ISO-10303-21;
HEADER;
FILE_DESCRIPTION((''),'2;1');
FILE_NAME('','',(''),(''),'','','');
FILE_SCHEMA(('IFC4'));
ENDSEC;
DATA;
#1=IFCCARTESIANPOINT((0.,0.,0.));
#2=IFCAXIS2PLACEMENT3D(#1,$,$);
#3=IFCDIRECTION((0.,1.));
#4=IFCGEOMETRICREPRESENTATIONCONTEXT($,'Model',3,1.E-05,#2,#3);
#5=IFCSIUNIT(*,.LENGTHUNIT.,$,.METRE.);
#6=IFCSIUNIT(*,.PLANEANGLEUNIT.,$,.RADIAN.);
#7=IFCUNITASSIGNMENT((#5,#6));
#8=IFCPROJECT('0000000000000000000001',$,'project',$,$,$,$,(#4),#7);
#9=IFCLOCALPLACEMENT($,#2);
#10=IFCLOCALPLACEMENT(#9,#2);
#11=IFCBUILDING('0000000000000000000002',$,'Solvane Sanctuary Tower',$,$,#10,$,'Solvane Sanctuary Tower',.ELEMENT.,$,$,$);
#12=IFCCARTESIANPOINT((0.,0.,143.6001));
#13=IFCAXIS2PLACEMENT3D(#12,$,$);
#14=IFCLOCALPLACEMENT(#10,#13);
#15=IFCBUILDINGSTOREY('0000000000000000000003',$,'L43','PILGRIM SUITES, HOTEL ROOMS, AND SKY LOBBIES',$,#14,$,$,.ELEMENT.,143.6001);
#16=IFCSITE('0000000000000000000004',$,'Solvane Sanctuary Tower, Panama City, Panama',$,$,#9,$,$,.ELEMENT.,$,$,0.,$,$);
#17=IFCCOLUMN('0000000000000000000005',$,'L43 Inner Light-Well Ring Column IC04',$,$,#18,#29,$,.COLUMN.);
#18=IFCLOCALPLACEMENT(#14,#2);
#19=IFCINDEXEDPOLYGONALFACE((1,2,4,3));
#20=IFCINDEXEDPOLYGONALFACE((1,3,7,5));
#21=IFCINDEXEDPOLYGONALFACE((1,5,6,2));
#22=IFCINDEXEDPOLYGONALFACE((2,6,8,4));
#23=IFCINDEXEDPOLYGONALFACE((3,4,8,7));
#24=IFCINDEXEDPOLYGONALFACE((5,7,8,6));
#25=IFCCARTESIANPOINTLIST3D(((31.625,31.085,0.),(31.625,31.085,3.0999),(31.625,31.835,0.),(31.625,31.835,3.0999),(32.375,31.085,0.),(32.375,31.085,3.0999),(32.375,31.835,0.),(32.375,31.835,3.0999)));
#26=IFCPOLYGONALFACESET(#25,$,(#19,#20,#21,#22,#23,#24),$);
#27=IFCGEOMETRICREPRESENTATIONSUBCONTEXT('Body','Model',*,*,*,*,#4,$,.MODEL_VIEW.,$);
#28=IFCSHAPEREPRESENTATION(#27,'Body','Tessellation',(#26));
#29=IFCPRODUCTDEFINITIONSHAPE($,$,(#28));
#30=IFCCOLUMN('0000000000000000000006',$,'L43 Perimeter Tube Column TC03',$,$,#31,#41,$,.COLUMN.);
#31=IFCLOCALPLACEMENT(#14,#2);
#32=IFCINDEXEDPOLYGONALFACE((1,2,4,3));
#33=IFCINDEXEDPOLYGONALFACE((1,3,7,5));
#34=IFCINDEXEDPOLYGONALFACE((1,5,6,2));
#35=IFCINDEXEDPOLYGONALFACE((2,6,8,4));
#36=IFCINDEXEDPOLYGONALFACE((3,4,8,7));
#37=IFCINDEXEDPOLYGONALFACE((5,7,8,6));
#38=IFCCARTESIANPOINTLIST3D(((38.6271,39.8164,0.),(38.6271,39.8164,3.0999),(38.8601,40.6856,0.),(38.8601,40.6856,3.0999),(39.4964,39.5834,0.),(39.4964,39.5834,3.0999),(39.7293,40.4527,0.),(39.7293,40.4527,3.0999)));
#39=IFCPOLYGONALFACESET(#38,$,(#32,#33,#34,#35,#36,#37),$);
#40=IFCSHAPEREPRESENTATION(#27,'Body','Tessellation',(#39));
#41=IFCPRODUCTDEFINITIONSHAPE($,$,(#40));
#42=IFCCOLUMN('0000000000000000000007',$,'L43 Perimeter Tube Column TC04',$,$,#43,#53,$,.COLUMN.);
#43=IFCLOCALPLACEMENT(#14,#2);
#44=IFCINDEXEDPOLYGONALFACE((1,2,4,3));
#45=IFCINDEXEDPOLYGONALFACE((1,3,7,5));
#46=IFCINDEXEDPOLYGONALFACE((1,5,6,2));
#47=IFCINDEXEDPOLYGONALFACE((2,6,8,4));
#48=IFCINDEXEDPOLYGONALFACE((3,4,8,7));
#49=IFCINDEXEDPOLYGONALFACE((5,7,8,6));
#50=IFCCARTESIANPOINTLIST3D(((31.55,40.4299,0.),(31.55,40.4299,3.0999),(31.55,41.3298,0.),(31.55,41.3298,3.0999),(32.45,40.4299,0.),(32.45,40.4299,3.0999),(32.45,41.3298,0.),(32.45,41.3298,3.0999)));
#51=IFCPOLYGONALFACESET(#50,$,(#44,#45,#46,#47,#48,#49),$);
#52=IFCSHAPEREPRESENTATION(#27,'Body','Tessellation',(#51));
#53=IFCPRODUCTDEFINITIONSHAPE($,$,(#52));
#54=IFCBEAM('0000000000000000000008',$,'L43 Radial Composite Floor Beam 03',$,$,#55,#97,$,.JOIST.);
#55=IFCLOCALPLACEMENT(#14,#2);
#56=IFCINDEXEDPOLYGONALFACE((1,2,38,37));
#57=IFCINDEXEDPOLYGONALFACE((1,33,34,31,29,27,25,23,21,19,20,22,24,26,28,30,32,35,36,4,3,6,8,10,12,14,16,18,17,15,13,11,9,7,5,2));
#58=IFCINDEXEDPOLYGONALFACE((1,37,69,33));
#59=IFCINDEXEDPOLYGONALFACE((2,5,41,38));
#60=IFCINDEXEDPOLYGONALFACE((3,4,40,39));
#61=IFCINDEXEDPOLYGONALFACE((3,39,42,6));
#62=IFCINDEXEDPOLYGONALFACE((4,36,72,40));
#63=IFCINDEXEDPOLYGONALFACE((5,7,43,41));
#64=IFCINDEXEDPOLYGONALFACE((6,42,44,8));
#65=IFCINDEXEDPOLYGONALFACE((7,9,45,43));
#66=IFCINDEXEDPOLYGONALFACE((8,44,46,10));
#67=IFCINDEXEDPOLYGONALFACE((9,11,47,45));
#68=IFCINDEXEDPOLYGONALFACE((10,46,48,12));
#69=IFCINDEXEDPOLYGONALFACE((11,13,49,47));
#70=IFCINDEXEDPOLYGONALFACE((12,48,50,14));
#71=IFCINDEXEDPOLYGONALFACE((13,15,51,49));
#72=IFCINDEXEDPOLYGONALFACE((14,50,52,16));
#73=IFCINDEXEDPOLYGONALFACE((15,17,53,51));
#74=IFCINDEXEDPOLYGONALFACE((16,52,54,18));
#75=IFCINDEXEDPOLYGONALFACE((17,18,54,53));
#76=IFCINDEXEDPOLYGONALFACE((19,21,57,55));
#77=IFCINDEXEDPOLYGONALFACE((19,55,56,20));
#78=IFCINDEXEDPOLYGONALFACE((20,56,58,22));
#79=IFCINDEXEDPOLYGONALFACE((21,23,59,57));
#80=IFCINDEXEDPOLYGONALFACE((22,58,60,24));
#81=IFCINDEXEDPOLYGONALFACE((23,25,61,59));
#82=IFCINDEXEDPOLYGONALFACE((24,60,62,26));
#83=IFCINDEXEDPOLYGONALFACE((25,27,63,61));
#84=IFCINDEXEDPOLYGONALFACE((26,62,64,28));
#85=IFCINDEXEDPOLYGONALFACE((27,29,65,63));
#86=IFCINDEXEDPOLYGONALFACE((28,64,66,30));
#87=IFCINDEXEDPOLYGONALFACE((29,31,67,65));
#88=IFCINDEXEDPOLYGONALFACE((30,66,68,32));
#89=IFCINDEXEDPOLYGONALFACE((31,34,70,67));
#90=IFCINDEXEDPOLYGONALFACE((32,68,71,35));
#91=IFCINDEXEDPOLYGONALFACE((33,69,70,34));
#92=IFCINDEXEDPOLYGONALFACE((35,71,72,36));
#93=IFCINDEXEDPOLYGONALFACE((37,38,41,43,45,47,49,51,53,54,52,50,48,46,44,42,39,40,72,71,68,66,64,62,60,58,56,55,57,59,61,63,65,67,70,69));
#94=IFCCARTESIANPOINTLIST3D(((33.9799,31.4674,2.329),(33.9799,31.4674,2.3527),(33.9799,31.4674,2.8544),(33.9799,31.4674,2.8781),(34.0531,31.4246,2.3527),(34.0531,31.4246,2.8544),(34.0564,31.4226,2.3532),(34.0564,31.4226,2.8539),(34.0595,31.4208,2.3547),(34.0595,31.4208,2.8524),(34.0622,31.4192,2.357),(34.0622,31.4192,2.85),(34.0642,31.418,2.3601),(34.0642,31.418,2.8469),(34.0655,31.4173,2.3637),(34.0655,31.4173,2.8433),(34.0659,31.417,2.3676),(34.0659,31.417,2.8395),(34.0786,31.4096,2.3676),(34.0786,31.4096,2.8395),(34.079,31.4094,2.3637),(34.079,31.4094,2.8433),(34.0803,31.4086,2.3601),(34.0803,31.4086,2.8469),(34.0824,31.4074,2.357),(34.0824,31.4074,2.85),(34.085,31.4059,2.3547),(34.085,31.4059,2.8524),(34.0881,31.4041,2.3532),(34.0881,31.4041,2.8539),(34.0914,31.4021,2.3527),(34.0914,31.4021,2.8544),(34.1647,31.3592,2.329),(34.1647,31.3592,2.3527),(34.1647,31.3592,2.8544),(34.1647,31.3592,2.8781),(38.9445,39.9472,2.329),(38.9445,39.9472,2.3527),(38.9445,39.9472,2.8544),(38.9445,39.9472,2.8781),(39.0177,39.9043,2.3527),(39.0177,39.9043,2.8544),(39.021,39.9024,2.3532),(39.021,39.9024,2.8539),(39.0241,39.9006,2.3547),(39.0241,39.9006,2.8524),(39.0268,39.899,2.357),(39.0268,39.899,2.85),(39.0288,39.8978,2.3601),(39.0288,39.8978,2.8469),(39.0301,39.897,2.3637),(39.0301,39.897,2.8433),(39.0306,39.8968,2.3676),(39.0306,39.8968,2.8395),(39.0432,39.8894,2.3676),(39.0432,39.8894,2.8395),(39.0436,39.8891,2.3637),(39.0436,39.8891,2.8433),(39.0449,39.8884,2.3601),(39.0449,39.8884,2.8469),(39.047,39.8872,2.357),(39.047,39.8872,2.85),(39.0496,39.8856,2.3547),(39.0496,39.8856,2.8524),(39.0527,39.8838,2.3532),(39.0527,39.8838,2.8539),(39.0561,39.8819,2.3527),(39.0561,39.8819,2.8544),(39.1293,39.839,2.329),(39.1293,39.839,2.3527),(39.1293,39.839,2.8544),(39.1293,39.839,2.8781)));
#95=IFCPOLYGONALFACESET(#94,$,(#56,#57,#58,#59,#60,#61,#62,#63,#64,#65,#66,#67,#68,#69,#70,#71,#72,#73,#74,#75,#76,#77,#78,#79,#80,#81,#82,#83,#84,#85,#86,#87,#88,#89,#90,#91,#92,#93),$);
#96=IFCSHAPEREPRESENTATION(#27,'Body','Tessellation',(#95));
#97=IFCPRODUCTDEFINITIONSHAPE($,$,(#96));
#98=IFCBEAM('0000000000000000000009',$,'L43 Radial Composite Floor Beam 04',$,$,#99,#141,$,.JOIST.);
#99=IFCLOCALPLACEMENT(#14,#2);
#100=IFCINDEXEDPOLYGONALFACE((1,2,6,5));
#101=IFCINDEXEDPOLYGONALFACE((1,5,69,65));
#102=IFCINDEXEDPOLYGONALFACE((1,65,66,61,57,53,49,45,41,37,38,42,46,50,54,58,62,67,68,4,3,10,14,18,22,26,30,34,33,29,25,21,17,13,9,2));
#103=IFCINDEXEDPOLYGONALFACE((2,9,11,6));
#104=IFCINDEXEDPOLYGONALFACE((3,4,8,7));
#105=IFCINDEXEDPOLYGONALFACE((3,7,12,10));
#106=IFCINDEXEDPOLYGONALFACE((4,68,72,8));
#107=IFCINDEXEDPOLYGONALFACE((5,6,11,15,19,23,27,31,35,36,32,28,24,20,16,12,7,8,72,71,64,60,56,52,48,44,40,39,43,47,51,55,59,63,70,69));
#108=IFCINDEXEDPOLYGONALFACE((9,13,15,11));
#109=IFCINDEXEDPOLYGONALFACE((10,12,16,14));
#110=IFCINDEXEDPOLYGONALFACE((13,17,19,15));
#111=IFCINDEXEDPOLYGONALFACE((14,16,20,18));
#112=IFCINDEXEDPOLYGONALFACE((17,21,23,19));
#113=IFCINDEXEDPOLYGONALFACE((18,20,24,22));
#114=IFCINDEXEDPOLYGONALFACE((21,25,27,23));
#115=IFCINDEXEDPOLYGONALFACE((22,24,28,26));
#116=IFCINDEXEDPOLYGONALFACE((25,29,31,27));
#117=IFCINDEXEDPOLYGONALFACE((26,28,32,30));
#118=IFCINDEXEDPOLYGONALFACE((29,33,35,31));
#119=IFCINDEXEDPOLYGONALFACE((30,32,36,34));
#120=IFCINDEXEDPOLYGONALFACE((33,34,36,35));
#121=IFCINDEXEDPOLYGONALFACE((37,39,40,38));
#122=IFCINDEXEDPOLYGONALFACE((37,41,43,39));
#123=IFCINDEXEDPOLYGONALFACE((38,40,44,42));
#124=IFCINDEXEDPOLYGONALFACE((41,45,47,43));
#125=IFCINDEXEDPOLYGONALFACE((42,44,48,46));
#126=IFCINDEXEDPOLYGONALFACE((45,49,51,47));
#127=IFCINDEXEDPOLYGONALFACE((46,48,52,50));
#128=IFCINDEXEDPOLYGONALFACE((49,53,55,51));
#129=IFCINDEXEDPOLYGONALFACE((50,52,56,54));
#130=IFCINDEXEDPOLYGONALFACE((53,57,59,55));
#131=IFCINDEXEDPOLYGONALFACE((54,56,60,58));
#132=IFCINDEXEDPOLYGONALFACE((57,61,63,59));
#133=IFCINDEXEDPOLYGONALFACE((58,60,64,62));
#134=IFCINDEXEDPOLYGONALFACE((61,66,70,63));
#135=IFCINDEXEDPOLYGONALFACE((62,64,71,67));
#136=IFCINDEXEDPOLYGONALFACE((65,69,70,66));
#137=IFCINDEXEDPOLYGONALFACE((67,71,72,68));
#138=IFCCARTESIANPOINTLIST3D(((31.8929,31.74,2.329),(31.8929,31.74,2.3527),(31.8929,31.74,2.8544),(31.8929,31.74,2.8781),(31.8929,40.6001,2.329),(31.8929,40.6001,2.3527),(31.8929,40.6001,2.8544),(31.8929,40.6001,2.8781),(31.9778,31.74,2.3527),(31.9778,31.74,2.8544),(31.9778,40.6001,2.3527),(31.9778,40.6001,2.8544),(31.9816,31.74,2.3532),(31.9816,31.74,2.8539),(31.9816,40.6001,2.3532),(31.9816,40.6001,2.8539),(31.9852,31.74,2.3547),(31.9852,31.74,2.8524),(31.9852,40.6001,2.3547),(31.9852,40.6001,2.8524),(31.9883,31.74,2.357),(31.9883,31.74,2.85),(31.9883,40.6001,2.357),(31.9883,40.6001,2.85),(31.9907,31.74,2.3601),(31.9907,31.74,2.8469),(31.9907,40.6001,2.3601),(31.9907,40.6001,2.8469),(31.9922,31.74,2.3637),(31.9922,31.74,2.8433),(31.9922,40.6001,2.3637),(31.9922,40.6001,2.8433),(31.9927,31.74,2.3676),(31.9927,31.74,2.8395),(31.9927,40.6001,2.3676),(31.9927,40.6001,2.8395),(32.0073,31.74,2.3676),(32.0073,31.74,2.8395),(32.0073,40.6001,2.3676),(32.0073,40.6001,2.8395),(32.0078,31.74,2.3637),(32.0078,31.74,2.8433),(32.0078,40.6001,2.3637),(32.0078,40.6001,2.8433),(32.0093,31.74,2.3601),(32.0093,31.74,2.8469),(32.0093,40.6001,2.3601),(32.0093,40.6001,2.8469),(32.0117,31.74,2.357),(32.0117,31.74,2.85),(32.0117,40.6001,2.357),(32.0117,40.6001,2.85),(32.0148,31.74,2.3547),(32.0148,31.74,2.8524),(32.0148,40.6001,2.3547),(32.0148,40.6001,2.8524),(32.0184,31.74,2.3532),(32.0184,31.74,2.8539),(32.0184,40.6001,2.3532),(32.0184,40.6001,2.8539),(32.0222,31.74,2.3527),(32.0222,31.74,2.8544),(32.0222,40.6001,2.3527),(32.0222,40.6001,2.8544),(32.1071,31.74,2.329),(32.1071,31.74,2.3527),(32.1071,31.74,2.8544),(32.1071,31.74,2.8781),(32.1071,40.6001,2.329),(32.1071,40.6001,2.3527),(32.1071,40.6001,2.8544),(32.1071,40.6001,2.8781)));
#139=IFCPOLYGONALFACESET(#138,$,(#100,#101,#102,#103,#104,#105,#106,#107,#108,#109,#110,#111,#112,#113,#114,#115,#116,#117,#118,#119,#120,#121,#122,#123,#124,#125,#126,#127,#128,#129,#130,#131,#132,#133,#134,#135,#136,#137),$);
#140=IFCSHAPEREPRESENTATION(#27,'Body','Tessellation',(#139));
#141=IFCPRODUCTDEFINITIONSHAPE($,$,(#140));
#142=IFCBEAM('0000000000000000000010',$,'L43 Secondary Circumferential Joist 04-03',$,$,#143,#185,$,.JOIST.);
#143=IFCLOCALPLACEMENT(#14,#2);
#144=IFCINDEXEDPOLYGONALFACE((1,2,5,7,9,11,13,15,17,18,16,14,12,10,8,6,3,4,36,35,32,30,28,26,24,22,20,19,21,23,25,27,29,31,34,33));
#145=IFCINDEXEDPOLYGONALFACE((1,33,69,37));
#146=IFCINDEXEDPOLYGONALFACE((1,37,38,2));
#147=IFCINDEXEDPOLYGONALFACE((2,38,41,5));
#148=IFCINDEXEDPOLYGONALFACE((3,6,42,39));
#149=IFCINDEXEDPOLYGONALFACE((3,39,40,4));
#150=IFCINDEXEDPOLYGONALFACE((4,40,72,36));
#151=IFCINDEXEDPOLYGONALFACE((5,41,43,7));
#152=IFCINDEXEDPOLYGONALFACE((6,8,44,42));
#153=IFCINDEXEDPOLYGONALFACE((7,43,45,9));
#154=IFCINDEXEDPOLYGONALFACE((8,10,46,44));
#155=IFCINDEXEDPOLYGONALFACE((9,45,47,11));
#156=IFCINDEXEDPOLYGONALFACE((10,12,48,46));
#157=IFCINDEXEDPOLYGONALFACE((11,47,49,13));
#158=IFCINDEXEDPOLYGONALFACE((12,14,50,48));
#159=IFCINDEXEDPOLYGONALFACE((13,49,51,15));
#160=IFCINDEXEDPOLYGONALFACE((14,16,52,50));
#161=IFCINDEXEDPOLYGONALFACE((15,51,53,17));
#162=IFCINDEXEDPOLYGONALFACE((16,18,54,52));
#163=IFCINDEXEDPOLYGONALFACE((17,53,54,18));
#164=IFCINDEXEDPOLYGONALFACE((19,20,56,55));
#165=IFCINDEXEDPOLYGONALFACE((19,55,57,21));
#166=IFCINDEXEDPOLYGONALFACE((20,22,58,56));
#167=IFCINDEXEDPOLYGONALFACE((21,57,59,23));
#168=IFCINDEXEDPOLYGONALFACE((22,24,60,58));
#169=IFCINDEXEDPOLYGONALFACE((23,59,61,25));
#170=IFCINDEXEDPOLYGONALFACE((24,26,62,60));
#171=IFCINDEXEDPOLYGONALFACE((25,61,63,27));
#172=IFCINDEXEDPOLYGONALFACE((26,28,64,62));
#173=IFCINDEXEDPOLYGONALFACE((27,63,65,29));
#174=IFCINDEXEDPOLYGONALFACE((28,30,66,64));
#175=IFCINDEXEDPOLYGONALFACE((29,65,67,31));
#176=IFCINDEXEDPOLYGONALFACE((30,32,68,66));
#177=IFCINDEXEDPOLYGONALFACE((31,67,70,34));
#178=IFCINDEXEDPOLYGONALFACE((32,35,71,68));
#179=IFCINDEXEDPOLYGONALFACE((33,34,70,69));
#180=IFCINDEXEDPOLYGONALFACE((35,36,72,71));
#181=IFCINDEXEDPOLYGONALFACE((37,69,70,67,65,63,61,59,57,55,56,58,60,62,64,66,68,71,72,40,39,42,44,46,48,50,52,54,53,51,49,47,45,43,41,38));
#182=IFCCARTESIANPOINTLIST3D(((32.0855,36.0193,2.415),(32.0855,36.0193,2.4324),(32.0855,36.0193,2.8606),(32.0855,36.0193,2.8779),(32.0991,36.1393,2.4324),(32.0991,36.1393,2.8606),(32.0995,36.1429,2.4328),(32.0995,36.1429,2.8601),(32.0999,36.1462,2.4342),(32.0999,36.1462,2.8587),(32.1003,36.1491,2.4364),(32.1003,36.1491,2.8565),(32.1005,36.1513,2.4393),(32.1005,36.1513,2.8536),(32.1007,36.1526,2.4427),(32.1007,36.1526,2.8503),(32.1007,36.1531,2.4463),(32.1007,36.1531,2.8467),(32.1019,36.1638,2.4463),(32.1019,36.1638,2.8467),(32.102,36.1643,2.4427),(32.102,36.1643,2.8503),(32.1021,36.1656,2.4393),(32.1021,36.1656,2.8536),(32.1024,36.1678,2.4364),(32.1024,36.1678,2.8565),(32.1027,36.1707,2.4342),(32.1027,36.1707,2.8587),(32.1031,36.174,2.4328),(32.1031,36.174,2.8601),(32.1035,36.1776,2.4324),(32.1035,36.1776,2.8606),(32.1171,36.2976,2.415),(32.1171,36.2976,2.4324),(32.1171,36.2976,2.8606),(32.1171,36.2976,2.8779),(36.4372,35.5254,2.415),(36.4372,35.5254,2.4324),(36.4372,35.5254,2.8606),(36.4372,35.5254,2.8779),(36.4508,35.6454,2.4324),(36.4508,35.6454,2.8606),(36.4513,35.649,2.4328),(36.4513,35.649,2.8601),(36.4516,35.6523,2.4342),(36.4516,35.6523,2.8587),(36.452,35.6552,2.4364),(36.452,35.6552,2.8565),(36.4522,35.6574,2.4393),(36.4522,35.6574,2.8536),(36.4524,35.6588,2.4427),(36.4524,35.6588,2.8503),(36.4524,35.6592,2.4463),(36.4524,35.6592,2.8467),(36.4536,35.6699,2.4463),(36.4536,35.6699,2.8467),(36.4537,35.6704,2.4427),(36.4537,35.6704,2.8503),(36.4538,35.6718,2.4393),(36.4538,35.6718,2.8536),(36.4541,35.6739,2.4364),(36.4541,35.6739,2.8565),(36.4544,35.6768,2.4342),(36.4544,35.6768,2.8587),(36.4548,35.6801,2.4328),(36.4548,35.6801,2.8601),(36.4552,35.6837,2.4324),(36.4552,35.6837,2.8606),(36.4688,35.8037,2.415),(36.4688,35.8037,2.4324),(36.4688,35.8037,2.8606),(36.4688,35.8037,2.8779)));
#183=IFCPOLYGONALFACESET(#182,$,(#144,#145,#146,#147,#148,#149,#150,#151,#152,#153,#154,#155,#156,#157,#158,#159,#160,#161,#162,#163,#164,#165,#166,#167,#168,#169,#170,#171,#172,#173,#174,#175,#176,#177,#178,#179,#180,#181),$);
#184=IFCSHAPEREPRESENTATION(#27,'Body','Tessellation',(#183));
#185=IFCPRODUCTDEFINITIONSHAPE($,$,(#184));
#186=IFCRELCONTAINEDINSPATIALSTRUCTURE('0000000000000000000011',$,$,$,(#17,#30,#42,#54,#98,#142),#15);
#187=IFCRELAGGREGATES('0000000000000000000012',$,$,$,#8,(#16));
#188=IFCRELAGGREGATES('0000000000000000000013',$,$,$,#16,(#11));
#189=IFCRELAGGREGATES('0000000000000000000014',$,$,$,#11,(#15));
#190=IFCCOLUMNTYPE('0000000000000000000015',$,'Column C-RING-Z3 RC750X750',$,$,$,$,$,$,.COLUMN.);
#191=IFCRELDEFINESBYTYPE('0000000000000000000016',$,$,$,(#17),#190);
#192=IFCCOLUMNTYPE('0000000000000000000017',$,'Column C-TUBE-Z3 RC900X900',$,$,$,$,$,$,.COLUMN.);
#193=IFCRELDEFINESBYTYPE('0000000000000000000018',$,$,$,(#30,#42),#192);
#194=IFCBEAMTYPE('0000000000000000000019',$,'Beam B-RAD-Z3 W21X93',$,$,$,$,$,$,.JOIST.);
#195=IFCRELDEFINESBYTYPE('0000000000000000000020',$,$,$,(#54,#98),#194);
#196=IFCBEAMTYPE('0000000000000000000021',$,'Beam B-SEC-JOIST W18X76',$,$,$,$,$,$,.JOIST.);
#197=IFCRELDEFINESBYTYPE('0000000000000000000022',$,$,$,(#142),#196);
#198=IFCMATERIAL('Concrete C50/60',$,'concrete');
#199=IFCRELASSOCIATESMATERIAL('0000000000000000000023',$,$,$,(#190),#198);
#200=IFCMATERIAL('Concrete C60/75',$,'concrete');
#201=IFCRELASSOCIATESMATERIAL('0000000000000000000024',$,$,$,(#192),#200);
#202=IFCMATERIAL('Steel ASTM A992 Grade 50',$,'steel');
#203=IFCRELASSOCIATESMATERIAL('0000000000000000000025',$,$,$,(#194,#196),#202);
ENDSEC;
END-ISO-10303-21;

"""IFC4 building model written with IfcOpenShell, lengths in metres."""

from ifc_helpers import new_model, si_unit, direction, frame, origin, origin_2d, place, context, subcontext, project, spatial, rectangle, i_section, extrude, material, material_profile, profile_set, type_object, element, save


model = new_model("IFC4")

# Units and contexts
model_context = context("Model", 3, precision=1e-05, world=origin(), true_north=direction((0.0, 1.0)))
body_context = subcontext(model_context, "Body", "Model", "MODEL_VIEW")
ifc_project = project(units=[si_unit("LENGTHUNIT", "METRE"), si_unit("PLANEANGLEUNIT", "RADIAN")], contexts=[model_context])

# Site, building, storey
site_placement = place(None, origin())
site = spatial("IfcSite", under=ifc_project, at=site_placement, Name="Solvane Sanctuary Tower, Panama City, Panama", CompositionType="ELEMENT", RefElevation=0.0)
building_placement = place(site_placement, origin())
building = spatial("IfcBuilding", under=site, at=building_placement, Name="Solvane Sanctuary Tower", LongName="Solvane Sanctuary Tower", CompositionType="ELEMENT")
storey_placement = place(building_placement, frame((0.0, 0.0, 143.6001)))
storey = spatial("IfcBuildingStorey", under=building, at=storey_placement, Name="L43", Description="PILGRIM SUITES, HOTEL ROOMS, AND SKY LOBBIES", CompositionType="ELEMENT", Elevation=143.6001)

# Columns
ifc_material_1 = material(Name="Concrete C50/60", Category="concrete")
ifc_material_profile_1 = material_profile(ifc_material_1, rectangle(XDim=0.75, YDim=0.75, at=origin_2d()), Name="RC750X750")
ifc_profile_set_1 = profile_set([ifc_material_profile_1], Name="Concrete C50/60")
column_type_1 = type_object("IfcColumnType", Name="Column C-RING-Z3 RC750X750", PredefinedType="COLUMN", material=ifc_profile_set_1)
column_placement = place(storey_placement, frame((32.0, 31.46, 0.0), z_axis=(0.0, 0.0, 1.0), x_axis=(1.0, 0.0, 0.0)))
element("IfcColumn", 1, at=column_placement, inside=storey, type_object=column_type_1, Name="L43 Inner Light-Well Ring Column IC04", PredefinedType="COLUMN", context=body_context, shape_type="SweptSolid", body=[
    extrude(rectangle(XDim=0.75, YDim=0.75, at=origin_2d()), origin(), (0.0, 0.0, 1.0), 3.0999),
])
ifc_material_2 = material(Name="Concrete C60/75", Category="concrete")
ifc_material_profile_2 = material_profile(ifc_material_2, rectangle(XDim=0.8999, YDim=0.8999, at=origin_2d()), Name="RC900X900")
ifc_profile_set_2 = profile_set([ifc_material_profile_2], Name="Concrete C60/75")
column_type_2 = type_object("IfcColumnType", Name="Column C-TUBE-Z3 RC900X900", PredefinedType="COLUMN", material=ifc_profile_set_2)
for number, where, z_axis, x_axis, name in (
    (2, (39.1782, 40.1345, 0.0), (0.0, 0.0, 1.0), (0.258819, 0.965926, 0.0), "L43 Perimeter Tube Column TC03"),
    (3, (32.0, 40.8799, 0.0), (0.0, 0.0, 1.0), (0.0, 1.0, 0.0), "L43 Perimeter Tube Column TC04"),
):
    element("IfcColumn", number, at=place(storey_placement, frame(where, z_axis=z_axis, x_axis=x_axis)), inside=storey, type_object=column_type_2, Name=name, PredefinedType="COLUMN", context=body_context, shape_type="SweptSolid", body=[
        extrude(rectangle(XDim=0.8999, YDim=0.8999, at=origin_2d()), origin(), (0.0, 0.0, 1.0), 3.0999),
    ])

# Beams
ifc_material_3 = material(Name="Steel ASTM A992 Grade 50", Category="steel")
ifc_material_profile_3 = material_profile(ifc_material_3, i_section(OverallWidth=0.2141, OverallDepth=0.5491, WebThickness=0.0146, FlangeThickness=0.0237, FilletRadius=0.0149, at=origin_2d()), Name="W21X93")
ifc_profile_set_3 = profile_set([ifc_material_profile_3], Name="Steel ASTM A992 Grade 50")
beam_type_1 = type_object("IfcBeamType", Name="Beam B-RAD-Z3 W21X93", PredefinedType="JOIST", material=ifc_profile_set_3)
beam_1_placement = place(storey_placement, frame((34.0723, 31.4133, 2.6035), z_axis=(0.505244, 0.862977, 0.0), x_axis=(-0.862977, 0.505244, 0.0)))
element("IfcBeam", 4, at=beam_1_placement, inside=storey, type_object=beam_type_1, Name="L43 Radial Composite Floor Beam 03", PredefinedType="JOIST", context=body_context, shape_type="SweptSolid", body=[
    extrude(i_section(OverallWidth=0.2141, OverallDepth=0.5491, WebThickness=0.0146, FlangeThickness=0.0237, FilletRadius=0.0149, at=origin_2d()), origin(), (0.0, 0.0, 1.0), 9.8262),
])
beam_2_placement = place(storey_placement, frame((32.0, 31.74, 2.6035), z_axis=(0.0, 1.0, 0.0), x_axis=(-1.0, 0.0, 0.0)))
element("IfcBeam", 5, at=beam_2_placement, inside=storey, type_object=beam_type_1, Name="L43 Radial Composite Floor Beam 04", PredefinedType="JOIST", context=body_context, shape_type="SweptSolid", body=[
    extrude(i_section(OverallWidth=0.2141, OverallDepth=0.5491, WebThickness=0.0146, FlangeThickness=0.0237, FilletRadius=0.0149, at=origin_2d()), origin(), (0.0, 0.0, 1.0), 8.8601),
])
ifc_material_profile_4 = material_profile(ifc_material_3, i_section(OverallWidth=0.28, OverallDepth=0.4629, WebThickness=0.0107, FlangeThickness=0.0173, FilletRadius=0.0139, at=origin_2d()), Name="W18X76")
ifc_profile_set_4 = profile_set([ifc_material_profile_4], Name="Steel ASTM A992 Grade 50")
beam_type_2 = type_object("IfcBeamType", Name="Beam B-SEC-JOIST W18X76", PredefinedType="JOIST", material=ifc_profile_set_4)
beam_3_placement = place(storey_placement, frame((32.1013, 36.1584, 2.6465), z_axis=(0.993621, -0.112768, 0.0), x_axis=(0.112768, 0.993621, 0.0)))
element("IfcBeam", 6, at=beam_3_placement, inside=storey, type_object=beam_type_2, Name="L43 Secondary Circumferential Joist 04-03", PredefinedType="JOIST", context=body_context, shape_type="SweptSolid", body=[
    extrude(i_section(OverallWidth=0.28, OverallDepth=0.4629, WebThickness=0.0107, FlangeThickness=0.0173, FilletRadius=0.0139, at=origin_2d()), origin(), (0.0, 0.0, 1.0), 4.3796),
])

save(model, "model.ifc")
